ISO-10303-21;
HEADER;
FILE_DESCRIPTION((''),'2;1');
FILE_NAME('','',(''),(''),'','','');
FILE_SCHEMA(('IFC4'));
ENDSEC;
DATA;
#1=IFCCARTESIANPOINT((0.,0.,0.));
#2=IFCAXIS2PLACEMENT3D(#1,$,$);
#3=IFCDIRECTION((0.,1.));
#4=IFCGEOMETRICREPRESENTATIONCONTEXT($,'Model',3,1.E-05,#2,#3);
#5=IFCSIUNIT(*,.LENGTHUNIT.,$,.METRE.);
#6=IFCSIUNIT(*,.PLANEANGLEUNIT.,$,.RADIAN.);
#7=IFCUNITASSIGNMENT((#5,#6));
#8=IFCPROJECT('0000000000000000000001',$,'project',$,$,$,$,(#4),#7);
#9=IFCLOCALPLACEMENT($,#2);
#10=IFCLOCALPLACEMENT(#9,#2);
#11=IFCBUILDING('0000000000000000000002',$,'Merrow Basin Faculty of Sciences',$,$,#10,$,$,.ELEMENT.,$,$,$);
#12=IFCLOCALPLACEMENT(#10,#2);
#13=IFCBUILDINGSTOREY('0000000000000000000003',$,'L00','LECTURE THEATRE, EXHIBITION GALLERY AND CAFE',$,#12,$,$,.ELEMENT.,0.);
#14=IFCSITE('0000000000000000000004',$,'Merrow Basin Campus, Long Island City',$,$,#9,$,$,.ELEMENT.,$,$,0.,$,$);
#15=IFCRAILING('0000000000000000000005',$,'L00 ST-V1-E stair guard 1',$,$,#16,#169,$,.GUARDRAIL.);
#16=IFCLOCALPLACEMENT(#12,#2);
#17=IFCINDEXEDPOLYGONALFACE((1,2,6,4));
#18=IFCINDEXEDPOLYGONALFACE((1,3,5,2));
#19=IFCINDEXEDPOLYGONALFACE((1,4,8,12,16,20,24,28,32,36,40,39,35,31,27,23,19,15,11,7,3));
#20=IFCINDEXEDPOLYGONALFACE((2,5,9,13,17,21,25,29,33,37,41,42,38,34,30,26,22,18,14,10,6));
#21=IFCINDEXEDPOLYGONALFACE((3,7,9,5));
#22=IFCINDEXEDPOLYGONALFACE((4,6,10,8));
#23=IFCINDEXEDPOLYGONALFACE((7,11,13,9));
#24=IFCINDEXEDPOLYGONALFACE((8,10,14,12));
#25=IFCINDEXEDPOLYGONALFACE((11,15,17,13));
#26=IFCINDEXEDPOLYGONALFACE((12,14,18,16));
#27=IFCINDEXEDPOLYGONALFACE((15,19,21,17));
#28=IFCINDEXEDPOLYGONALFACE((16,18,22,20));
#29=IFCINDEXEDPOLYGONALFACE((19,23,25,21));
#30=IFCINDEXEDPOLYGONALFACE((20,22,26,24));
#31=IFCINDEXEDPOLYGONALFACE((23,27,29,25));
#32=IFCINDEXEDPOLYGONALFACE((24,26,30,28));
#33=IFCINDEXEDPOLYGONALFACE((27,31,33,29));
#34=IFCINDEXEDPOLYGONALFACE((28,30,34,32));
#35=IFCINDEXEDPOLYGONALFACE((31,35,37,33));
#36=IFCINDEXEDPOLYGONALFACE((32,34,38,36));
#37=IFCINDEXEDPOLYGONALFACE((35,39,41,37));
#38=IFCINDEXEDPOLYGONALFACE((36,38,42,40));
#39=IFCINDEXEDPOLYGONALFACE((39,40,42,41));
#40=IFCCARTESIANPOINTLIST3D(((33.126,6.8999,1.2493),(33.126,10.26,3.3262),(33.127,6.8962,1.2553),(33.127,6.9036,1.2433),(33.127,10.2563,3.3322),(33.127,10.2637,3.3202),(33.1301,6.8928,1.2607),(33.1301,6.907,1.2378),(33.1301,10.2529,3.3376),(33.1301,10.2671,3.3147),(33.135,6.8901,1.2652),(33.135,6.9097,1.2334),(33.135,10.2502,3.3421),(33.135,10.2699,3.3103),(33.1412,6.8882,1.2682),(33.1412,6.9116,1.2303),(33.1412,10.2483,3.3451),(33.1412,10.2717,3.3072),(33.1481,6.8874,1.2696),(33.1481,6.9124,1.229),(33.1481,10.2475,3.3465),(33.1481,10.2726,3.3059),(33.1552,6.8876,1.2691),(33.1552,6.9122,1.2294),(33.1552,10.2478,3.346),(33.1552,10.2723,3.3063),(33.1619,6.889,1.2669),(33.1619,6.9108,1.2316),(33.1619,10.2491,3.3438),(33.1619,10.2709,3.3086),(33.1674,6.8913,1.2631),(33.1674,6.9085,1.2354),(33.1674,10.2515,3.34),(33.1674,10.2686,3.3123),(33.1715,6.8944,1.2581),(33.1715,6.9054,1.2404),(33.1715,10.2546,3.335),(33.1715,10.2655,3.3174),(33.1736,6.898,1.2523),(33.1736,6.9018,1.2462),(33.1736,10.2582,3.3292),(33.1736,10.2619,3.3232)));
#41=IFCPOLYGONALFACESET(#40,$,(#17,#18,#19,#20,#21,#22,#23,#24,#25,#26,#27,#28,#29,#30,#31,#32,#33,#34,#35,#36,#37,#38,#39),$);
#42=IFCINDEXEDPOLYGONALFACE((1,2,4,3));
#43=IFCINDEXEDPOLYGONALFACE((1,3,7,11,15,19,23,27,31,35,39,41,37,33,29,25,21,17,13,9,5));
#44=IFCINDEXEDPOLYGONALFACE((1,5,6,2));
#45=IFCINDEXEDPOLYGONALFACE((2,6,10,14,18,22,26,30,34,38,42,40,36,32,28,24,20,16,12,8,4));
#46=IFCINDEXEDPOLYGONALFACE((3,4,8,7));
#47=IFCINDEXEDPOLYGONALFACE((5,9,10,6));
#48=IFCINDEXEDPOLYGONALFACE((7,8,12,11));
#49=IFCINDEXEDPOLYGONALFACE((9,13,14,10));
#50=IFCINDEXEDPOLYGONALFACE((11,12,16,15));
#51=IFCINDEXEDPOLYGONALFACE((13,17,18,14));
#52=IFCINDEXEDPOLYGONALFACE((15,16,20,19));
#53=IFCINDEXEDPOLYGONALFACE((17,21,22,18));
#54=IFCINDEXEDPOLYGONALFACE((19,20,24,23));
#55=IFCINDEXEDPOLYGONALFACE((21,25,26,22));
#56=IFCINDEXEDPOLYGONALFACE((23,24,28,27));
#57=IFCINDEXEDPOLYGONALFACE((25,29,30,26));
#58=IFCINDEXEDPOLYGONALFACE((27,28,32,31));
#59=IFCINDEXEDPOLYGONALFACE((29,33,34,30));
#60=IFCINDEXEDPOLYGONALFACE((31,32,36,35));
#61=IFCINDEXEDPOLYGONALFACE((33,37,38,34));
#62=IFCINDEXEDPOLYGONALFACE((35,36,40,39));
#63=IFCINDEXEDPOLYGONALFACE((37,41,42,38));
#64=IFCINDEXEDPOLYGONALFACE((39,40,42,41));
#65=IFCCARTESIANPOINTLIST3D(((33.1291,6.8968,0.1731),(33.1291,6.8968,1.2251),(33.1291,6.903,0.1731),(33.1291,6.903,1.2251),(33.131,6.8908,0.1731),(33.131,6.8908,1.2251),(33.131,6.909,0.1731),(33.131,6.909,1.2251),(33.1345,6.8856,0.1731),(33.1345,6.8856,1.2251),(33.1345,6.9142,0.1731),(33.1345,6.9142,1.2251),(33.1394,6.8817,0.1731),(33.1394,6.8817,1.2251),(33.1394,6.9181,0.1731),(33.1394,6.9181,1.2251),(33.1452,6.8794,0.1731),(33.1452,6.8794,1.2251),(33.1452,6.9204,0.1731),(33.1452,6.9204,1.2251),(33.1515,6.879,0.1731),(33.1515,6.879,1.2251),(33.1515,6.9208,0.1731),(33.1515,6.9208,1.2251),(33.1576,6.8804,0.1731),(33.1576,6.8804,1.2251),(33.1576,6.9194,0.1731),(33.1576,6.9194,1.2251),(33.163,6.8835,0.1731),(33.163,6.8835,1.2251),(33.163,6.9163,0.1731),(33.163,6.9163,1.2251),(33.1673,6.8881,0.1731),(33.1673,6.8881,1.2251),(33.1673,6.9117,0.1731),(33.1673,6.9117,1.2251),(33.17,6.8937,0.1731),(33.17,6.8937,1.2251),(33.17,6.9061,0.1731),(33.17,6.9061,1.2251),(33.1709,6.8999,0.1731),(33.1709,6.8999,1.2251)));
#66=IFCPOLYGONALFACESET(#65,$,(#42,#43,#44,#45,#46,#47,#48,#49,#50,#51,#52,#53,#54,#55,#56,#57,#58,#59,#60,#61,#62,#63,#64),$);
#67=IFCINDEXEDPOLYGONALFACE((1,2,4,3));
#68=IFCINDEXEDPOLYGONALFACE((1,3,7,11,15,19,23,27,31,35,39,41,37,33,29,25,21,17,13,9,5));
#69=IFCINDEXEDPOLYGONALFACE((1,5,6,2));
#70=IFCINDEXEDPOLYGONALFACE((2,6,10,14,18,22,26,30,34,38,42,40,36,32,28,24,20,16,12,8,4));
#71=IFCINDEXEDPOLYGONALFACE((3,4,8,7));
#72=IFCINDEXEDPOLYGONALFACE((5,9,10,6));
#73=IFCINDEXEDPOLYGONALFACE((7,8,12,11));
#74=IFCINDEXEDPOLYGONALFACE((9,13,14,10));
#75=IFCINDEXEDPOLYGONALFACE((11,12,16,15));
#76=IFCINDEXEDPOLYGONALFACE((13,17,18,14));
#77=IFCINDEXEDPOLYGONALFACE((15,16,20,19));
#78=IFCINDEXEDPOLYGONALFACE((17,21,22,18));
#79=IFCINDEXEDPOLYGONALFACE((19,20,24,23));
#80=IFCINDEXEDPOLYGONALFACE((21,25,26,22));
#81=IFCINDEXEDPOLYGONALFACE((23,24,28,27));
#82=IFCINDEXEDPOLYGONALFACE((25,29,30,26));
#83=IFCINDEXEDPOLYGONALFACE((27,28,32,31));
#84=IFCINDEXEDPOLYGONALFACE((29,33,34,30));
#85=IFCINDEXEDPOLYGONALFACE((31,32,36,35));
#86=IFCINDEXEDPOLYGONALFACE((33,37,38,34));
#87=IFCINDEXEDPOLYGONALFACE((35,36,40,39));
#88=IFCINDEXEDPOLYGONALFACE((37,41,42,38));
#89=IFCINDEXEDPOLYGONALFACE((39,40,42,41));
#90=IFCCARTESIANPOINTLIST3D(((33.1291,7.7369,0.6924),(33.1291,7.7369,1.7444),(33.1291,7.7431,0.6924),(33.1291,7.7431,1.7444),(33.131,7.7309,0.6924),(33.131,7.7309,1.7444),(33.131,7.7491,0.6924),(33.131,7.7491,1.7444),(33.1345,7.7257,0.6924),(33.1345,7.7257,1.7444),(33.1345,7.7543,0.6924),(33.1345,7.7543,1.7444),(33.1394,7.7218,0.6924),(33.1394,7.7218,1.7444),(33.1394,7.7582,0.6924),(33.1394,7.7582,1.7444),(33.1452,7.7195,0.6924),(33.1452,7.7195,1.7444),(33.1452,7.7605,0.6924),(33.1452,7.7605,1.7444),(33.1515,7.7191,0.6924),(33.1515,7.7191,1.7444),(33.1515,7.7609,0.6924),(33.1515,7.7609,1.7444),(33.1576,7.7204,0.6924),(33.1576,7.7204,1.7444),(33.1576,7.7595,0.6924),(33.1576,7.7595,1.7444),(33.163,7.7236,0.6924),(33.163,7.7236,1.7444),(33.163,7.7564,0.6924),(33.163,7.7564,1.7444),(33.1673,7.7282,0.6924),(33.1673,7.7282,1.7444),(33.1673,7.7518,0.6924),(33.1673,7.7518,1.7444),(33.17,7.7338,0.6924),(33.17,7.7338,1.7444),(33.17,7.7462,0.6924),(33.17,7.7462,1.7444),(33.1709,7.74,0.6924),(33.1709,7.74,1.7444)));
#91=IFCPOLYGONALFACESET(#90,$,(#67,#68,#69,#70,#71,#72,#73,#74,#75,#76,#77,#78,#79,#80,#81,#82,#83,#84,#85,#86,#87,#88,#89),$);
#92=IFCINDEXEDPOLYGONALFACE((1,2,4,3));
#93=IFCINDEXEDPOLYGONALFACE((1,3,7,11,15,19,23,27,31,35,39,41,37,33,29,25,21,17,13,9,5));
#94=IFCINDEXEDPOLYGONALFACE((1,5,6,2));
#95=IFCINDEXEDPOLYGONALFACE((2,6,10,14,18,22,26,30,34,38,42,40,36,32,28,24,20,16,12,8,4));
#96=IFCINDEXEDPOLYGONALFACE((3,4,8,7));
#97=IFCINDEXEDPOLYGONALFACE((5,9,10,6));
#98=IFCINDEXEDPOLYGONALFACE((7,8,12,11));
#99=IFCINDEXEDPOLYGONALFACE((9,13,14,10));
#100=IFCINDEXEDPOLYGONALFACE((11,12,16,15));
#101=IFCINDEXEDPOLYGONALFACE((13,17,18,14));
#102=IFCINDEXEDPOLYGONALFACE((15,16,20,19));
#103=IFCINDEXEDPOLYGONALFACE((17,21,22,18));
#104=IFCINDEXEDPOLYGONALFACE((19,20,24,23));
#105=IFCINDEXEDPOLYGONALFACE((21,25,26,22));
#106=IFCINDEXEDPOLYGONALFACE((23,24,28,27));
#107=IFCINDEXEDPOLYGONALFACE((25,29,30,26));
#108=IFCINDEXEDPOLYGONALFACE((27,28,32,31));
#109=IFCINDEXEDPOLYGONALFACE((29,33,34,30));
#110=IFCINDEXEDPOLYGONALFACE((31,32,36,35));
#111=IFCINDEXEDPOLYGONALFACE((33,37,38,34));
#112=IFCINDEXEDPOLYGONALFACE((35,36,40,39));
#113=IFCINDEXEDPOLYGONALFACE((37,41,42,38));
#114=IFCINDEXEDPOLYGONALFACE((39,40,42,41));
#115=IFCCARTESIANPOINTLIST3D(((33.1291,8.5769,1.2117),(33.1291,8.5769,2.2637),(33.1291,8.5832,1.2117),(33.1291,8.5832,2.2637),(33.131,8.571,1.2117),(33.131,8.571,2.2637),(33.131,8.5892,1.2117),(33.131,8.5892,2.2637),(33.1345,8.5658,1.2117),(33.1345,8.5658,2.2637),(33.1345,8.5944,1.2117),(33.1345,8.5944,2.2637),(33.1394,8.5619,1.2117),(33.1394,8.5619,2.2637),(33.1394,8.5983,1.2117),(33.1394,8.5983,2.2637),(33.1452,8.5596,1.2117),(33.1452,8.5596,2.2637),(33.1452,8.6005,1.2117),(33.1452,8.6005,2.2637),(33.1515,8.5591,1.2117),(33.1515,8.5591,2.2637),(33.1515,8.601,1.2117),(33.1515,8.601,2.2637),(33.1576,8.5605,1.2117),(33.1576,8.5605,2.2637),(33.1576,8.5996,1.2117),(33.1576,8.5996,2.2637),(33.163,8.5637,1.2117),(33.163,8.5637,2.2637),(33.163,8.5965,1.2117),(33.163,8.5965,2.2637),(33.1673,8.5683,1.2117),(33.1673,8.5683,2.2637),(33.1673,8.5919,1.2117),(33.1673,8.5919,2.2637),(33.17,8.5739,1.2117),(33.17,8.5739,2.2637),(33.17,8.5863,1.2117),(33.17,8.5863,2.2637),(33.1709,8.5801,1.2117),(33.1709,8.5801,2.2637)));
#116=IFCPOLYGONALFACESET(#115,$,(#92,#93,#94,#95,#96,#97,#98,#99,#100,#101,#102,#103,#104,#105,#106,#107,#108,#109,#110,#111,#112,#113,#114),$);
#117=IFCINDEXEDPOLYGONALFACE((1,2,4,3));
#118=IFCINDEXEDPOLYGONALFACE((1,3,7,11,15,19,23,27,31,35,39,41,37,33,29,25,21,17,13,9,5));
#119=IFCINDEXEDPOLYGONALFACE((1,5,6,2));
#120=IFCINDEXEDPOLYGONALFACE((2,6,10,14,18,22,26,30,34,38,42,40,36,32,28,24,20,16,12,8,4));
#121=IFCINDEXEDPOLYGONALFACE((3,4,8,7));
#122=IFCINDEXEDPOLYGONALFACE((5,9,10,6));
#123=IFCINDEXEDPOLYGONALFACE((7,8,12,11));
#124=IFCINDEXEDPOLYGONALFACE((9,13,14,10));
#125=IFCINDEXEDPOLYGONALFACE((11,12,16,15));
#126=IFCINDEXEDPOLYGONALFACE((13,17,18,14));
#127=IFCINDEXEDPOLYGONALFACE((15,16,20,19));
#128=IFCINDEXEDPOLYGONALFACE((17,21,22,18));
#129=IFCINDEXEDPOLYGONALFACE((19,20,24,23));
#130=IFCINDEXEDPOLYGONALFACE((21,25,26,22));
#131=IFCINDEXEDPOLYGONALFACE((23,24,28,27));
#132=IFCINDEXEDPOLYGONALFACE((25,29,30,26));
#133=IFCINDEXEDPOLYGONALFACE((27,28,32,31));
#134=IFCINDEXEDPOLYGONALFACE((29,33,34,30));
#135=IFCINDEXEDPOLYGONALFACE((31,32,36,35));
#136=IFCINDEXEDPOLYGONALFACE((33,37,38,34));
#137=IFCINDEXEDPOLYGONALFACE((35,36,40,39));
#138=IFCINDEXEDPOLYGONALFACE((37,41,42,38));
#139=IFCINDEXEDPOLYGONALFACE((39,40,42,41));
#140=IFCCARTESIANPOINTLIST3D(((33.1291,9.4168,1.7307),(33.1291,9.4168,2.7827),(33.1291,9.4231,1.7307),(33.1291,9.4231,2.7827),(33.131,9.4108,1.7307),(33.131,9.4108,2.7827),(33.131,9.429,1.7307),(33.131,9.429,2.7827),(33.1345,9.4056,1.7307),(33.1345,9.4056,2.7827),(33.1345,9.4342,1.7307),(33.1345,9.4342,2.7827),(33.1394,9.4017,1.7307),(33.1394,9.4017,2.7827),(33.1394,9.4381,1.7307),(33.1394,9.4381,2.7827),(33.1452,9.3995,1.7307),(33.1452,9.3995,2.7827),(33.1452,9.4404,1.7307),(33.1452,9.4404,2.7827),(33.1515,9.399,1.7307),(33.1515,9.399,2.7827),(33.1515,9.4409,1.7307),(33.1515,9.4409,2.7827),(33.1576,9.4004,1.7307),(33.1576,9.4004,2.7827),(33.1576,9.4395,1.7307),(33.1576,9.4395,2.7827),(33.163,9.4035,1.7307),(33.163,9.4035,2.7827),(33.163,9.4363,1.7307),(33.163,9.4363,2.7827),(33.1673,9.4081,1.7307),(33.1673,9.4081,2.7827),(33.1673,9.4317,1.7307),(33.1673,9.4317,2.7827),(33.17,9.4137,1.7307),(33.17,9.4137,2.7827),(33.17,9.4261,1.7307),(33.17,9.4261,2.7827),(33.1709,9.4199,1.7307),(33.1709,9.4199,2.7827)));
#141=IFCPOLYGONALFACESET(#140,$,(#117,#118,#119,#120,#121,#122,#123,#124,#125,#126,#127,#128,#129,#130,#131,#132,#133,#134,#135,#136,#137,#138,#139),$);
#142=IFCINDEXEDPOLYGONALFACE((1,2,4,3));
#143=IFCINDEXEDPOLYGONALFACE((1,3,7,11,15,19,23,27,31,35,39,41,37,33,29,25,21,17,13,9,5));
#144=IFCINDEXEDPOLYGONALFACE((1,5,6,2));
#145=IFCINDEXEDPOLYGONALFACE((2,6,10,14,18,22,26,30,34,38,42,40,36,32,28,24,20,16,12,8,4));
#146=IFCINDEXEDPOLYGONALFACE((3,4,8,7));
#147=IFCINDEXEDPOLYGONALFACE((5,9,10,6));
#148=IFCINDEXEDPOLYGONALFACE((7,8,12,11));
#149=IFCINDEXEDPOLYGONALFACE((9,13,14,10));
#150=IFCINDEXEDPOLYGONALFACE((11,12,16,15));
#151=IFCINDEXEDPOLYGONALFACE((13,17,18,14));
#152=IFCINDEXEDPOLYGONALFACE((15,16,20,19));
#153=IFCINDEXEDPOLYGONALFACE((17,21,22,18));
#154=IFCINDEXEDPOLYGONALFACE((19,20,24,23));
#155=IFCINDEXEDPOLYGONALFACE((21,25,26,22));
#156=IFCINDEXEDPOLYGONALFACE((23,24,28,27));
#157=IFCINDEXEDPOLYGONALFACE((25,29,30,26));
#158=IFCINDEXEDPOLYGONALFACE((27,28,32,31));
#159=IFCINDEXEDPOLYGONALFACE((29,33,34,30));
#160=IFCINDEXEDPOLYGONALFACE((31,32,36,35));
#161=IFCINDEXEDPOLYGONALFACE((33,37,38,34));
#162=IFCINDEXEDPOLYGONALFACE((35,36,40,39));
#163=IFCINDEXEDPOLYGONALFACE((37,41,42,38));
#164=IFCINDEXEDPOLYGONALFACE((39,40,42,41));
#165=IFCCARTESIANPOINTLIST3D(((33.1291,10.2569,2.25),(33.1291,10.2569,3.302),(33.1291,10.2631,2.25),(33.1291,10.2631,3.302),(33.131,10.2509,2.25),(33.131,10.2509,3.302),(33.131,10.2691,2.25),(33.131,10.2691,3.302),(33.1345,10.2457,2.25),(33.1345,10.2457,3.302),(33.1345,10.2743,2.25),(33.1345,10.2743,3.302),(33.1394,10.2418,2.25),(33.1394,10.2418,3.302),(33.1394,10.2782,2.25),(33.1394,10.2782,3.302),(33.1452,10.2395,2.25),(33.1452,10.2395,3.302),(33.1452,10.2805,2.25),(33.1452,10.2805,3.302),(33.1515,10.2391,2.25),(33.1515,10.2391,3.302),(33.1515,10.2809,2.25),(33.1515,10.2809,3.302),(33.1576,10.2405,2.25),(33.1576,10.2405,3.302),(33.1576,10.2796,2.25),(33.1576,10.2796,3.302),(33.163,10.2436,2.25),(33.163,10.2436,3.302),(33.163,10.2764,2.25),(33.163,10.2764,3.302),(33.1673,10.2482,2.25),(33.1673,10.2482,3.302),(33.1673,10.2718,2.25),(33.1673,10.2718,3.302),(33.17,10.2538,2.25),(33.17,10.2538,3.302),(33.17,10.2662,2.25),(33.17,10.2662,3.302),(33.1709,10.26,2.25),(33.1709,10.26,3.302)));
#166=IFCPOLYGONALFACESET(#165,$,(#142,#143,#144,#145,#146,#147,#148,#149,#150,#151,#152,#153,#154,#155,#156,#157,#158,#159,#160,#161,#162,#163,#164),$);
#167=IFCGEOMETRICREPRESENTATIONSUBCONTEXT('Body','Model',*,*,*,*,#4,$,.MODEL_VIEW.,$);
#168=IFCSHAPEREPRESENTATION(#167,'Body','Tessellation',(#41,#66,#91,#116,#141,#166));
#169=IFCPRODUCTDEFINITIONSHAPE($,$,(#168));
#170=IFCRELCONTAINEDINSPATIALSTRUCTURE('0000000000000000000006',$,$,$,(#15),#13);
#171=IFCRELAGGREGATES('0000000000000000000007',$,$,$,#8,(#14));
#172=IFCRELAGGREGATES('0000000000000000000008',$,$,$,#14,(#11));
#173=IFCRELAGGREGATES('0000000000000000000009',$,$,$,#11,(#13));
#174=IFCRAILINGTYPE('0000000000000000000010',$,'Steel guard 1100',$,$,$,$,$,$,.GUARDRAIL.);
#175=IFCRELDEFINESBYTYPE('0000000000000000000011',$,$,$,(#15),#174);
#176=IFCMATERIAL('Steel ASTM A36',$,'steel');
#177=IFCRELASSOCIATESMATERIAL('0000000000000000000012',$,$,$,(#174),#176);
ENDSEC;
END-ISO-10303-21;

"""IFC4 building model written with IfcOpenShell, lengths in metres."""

from ifc_helpers import new_model, si_unit, direction, frame, origin, origin_2d, place, context, subcontext, project, spatial, circle, extrude, material, type_object, element, save


model = new_model("IFC4")

# Units and contexts
model_context = context("Model", 3, precision=1e-05, world=origin(), true_north=direction((0.0, 1.0)))
body_context = subcontext(model_context, "Body", "Model", "MODEL_VIEW")
ifc_project = project(units=[si_unit("LENGTHUNIT", "METRE"), si_unit("PLANEANGLEUNIT", "RADIAN")], contexts=[model_context])

# Site, building, storey
site_placement = place(None, origin())
site = spatial("IfcSite", under=ifc_project, at=site_placement, Name="Merrow Basin Campus, Long Island City", CompositionType="ELEMENT", RefElevation=0.0)
building_placement = place(site_placement, origin())
building = spatial("IfcBuilding", under=site, at=building_placement, Name="Merrow Basin Faculty of Sciences", CompositionType="ELEMENT")
storey_placement = place(building_placement, origin())
storey = spatial("IfcBuildingStorey", under=building, at=storey_placement, Name="L00", Description="LECTURE THEATRE, EXHIBITION GALLERY AND CAFE", CompositionType="ELEMENT", Elevation=0.0)

# Railing
ifc_material_1 = material(Name="Steel ASTM A36", Category="steel")
railing_type_1 = type_object("IfcRailingType", Name="Steel guard 1100", PredefinedType="GUARDRAIL", material=ifc_material_1)
railing_1_placement = place(storey_placement, frame((33.1499, 6.8999, 0.1731)))
element("IfcRailing", 1, at=railing_1_placement, inside=storey, type_object=railing_type_1, Name="L00 ST-V1-E stair guard 1", PredefinedType="GUARDRAIL", context=body_context, shape_type="SweptSolid", body=[
    extrude(circle(Radius=0.0239, at=origin_2d()), frame((0.0, 0.0, 1.0762), z_axis=(0.0, 0.850623, 0.525776), x_axis=(-1.0, 0.0, 0.0)), (0.0, 0.0, 1.0), 3.9502),
    extrude(circle(Radius=0.021, at=origin_2d()), origin(), (0.0, 0.0, 1.0), 1.052),
    extrude(circle(Radius=0.021, at=origin_2d()), frame((0.0, 0.8401, 0.5193)), (0.0, 0.0, 1.0), 1.052),
    extrude(circle(Radius=0.021, at=origin_2d()), frame((0.0, 1.6802, 1.0386)), (0.0, 0.0, 1.0), 1.052),
    extrude(circle(Radius=0.021, at=origin_2d()), frame((0.0, 2.52, 1.5576)), (0.0, 0.0, 1.0), 1.052),
    extrude(circle(Radius=0.021, at=origin_2d()), frame((0.0, 3.3601, 2.0769)), (0.0, 0.0, 1.0), 1.052),
])

save(model, "model.ifc")
